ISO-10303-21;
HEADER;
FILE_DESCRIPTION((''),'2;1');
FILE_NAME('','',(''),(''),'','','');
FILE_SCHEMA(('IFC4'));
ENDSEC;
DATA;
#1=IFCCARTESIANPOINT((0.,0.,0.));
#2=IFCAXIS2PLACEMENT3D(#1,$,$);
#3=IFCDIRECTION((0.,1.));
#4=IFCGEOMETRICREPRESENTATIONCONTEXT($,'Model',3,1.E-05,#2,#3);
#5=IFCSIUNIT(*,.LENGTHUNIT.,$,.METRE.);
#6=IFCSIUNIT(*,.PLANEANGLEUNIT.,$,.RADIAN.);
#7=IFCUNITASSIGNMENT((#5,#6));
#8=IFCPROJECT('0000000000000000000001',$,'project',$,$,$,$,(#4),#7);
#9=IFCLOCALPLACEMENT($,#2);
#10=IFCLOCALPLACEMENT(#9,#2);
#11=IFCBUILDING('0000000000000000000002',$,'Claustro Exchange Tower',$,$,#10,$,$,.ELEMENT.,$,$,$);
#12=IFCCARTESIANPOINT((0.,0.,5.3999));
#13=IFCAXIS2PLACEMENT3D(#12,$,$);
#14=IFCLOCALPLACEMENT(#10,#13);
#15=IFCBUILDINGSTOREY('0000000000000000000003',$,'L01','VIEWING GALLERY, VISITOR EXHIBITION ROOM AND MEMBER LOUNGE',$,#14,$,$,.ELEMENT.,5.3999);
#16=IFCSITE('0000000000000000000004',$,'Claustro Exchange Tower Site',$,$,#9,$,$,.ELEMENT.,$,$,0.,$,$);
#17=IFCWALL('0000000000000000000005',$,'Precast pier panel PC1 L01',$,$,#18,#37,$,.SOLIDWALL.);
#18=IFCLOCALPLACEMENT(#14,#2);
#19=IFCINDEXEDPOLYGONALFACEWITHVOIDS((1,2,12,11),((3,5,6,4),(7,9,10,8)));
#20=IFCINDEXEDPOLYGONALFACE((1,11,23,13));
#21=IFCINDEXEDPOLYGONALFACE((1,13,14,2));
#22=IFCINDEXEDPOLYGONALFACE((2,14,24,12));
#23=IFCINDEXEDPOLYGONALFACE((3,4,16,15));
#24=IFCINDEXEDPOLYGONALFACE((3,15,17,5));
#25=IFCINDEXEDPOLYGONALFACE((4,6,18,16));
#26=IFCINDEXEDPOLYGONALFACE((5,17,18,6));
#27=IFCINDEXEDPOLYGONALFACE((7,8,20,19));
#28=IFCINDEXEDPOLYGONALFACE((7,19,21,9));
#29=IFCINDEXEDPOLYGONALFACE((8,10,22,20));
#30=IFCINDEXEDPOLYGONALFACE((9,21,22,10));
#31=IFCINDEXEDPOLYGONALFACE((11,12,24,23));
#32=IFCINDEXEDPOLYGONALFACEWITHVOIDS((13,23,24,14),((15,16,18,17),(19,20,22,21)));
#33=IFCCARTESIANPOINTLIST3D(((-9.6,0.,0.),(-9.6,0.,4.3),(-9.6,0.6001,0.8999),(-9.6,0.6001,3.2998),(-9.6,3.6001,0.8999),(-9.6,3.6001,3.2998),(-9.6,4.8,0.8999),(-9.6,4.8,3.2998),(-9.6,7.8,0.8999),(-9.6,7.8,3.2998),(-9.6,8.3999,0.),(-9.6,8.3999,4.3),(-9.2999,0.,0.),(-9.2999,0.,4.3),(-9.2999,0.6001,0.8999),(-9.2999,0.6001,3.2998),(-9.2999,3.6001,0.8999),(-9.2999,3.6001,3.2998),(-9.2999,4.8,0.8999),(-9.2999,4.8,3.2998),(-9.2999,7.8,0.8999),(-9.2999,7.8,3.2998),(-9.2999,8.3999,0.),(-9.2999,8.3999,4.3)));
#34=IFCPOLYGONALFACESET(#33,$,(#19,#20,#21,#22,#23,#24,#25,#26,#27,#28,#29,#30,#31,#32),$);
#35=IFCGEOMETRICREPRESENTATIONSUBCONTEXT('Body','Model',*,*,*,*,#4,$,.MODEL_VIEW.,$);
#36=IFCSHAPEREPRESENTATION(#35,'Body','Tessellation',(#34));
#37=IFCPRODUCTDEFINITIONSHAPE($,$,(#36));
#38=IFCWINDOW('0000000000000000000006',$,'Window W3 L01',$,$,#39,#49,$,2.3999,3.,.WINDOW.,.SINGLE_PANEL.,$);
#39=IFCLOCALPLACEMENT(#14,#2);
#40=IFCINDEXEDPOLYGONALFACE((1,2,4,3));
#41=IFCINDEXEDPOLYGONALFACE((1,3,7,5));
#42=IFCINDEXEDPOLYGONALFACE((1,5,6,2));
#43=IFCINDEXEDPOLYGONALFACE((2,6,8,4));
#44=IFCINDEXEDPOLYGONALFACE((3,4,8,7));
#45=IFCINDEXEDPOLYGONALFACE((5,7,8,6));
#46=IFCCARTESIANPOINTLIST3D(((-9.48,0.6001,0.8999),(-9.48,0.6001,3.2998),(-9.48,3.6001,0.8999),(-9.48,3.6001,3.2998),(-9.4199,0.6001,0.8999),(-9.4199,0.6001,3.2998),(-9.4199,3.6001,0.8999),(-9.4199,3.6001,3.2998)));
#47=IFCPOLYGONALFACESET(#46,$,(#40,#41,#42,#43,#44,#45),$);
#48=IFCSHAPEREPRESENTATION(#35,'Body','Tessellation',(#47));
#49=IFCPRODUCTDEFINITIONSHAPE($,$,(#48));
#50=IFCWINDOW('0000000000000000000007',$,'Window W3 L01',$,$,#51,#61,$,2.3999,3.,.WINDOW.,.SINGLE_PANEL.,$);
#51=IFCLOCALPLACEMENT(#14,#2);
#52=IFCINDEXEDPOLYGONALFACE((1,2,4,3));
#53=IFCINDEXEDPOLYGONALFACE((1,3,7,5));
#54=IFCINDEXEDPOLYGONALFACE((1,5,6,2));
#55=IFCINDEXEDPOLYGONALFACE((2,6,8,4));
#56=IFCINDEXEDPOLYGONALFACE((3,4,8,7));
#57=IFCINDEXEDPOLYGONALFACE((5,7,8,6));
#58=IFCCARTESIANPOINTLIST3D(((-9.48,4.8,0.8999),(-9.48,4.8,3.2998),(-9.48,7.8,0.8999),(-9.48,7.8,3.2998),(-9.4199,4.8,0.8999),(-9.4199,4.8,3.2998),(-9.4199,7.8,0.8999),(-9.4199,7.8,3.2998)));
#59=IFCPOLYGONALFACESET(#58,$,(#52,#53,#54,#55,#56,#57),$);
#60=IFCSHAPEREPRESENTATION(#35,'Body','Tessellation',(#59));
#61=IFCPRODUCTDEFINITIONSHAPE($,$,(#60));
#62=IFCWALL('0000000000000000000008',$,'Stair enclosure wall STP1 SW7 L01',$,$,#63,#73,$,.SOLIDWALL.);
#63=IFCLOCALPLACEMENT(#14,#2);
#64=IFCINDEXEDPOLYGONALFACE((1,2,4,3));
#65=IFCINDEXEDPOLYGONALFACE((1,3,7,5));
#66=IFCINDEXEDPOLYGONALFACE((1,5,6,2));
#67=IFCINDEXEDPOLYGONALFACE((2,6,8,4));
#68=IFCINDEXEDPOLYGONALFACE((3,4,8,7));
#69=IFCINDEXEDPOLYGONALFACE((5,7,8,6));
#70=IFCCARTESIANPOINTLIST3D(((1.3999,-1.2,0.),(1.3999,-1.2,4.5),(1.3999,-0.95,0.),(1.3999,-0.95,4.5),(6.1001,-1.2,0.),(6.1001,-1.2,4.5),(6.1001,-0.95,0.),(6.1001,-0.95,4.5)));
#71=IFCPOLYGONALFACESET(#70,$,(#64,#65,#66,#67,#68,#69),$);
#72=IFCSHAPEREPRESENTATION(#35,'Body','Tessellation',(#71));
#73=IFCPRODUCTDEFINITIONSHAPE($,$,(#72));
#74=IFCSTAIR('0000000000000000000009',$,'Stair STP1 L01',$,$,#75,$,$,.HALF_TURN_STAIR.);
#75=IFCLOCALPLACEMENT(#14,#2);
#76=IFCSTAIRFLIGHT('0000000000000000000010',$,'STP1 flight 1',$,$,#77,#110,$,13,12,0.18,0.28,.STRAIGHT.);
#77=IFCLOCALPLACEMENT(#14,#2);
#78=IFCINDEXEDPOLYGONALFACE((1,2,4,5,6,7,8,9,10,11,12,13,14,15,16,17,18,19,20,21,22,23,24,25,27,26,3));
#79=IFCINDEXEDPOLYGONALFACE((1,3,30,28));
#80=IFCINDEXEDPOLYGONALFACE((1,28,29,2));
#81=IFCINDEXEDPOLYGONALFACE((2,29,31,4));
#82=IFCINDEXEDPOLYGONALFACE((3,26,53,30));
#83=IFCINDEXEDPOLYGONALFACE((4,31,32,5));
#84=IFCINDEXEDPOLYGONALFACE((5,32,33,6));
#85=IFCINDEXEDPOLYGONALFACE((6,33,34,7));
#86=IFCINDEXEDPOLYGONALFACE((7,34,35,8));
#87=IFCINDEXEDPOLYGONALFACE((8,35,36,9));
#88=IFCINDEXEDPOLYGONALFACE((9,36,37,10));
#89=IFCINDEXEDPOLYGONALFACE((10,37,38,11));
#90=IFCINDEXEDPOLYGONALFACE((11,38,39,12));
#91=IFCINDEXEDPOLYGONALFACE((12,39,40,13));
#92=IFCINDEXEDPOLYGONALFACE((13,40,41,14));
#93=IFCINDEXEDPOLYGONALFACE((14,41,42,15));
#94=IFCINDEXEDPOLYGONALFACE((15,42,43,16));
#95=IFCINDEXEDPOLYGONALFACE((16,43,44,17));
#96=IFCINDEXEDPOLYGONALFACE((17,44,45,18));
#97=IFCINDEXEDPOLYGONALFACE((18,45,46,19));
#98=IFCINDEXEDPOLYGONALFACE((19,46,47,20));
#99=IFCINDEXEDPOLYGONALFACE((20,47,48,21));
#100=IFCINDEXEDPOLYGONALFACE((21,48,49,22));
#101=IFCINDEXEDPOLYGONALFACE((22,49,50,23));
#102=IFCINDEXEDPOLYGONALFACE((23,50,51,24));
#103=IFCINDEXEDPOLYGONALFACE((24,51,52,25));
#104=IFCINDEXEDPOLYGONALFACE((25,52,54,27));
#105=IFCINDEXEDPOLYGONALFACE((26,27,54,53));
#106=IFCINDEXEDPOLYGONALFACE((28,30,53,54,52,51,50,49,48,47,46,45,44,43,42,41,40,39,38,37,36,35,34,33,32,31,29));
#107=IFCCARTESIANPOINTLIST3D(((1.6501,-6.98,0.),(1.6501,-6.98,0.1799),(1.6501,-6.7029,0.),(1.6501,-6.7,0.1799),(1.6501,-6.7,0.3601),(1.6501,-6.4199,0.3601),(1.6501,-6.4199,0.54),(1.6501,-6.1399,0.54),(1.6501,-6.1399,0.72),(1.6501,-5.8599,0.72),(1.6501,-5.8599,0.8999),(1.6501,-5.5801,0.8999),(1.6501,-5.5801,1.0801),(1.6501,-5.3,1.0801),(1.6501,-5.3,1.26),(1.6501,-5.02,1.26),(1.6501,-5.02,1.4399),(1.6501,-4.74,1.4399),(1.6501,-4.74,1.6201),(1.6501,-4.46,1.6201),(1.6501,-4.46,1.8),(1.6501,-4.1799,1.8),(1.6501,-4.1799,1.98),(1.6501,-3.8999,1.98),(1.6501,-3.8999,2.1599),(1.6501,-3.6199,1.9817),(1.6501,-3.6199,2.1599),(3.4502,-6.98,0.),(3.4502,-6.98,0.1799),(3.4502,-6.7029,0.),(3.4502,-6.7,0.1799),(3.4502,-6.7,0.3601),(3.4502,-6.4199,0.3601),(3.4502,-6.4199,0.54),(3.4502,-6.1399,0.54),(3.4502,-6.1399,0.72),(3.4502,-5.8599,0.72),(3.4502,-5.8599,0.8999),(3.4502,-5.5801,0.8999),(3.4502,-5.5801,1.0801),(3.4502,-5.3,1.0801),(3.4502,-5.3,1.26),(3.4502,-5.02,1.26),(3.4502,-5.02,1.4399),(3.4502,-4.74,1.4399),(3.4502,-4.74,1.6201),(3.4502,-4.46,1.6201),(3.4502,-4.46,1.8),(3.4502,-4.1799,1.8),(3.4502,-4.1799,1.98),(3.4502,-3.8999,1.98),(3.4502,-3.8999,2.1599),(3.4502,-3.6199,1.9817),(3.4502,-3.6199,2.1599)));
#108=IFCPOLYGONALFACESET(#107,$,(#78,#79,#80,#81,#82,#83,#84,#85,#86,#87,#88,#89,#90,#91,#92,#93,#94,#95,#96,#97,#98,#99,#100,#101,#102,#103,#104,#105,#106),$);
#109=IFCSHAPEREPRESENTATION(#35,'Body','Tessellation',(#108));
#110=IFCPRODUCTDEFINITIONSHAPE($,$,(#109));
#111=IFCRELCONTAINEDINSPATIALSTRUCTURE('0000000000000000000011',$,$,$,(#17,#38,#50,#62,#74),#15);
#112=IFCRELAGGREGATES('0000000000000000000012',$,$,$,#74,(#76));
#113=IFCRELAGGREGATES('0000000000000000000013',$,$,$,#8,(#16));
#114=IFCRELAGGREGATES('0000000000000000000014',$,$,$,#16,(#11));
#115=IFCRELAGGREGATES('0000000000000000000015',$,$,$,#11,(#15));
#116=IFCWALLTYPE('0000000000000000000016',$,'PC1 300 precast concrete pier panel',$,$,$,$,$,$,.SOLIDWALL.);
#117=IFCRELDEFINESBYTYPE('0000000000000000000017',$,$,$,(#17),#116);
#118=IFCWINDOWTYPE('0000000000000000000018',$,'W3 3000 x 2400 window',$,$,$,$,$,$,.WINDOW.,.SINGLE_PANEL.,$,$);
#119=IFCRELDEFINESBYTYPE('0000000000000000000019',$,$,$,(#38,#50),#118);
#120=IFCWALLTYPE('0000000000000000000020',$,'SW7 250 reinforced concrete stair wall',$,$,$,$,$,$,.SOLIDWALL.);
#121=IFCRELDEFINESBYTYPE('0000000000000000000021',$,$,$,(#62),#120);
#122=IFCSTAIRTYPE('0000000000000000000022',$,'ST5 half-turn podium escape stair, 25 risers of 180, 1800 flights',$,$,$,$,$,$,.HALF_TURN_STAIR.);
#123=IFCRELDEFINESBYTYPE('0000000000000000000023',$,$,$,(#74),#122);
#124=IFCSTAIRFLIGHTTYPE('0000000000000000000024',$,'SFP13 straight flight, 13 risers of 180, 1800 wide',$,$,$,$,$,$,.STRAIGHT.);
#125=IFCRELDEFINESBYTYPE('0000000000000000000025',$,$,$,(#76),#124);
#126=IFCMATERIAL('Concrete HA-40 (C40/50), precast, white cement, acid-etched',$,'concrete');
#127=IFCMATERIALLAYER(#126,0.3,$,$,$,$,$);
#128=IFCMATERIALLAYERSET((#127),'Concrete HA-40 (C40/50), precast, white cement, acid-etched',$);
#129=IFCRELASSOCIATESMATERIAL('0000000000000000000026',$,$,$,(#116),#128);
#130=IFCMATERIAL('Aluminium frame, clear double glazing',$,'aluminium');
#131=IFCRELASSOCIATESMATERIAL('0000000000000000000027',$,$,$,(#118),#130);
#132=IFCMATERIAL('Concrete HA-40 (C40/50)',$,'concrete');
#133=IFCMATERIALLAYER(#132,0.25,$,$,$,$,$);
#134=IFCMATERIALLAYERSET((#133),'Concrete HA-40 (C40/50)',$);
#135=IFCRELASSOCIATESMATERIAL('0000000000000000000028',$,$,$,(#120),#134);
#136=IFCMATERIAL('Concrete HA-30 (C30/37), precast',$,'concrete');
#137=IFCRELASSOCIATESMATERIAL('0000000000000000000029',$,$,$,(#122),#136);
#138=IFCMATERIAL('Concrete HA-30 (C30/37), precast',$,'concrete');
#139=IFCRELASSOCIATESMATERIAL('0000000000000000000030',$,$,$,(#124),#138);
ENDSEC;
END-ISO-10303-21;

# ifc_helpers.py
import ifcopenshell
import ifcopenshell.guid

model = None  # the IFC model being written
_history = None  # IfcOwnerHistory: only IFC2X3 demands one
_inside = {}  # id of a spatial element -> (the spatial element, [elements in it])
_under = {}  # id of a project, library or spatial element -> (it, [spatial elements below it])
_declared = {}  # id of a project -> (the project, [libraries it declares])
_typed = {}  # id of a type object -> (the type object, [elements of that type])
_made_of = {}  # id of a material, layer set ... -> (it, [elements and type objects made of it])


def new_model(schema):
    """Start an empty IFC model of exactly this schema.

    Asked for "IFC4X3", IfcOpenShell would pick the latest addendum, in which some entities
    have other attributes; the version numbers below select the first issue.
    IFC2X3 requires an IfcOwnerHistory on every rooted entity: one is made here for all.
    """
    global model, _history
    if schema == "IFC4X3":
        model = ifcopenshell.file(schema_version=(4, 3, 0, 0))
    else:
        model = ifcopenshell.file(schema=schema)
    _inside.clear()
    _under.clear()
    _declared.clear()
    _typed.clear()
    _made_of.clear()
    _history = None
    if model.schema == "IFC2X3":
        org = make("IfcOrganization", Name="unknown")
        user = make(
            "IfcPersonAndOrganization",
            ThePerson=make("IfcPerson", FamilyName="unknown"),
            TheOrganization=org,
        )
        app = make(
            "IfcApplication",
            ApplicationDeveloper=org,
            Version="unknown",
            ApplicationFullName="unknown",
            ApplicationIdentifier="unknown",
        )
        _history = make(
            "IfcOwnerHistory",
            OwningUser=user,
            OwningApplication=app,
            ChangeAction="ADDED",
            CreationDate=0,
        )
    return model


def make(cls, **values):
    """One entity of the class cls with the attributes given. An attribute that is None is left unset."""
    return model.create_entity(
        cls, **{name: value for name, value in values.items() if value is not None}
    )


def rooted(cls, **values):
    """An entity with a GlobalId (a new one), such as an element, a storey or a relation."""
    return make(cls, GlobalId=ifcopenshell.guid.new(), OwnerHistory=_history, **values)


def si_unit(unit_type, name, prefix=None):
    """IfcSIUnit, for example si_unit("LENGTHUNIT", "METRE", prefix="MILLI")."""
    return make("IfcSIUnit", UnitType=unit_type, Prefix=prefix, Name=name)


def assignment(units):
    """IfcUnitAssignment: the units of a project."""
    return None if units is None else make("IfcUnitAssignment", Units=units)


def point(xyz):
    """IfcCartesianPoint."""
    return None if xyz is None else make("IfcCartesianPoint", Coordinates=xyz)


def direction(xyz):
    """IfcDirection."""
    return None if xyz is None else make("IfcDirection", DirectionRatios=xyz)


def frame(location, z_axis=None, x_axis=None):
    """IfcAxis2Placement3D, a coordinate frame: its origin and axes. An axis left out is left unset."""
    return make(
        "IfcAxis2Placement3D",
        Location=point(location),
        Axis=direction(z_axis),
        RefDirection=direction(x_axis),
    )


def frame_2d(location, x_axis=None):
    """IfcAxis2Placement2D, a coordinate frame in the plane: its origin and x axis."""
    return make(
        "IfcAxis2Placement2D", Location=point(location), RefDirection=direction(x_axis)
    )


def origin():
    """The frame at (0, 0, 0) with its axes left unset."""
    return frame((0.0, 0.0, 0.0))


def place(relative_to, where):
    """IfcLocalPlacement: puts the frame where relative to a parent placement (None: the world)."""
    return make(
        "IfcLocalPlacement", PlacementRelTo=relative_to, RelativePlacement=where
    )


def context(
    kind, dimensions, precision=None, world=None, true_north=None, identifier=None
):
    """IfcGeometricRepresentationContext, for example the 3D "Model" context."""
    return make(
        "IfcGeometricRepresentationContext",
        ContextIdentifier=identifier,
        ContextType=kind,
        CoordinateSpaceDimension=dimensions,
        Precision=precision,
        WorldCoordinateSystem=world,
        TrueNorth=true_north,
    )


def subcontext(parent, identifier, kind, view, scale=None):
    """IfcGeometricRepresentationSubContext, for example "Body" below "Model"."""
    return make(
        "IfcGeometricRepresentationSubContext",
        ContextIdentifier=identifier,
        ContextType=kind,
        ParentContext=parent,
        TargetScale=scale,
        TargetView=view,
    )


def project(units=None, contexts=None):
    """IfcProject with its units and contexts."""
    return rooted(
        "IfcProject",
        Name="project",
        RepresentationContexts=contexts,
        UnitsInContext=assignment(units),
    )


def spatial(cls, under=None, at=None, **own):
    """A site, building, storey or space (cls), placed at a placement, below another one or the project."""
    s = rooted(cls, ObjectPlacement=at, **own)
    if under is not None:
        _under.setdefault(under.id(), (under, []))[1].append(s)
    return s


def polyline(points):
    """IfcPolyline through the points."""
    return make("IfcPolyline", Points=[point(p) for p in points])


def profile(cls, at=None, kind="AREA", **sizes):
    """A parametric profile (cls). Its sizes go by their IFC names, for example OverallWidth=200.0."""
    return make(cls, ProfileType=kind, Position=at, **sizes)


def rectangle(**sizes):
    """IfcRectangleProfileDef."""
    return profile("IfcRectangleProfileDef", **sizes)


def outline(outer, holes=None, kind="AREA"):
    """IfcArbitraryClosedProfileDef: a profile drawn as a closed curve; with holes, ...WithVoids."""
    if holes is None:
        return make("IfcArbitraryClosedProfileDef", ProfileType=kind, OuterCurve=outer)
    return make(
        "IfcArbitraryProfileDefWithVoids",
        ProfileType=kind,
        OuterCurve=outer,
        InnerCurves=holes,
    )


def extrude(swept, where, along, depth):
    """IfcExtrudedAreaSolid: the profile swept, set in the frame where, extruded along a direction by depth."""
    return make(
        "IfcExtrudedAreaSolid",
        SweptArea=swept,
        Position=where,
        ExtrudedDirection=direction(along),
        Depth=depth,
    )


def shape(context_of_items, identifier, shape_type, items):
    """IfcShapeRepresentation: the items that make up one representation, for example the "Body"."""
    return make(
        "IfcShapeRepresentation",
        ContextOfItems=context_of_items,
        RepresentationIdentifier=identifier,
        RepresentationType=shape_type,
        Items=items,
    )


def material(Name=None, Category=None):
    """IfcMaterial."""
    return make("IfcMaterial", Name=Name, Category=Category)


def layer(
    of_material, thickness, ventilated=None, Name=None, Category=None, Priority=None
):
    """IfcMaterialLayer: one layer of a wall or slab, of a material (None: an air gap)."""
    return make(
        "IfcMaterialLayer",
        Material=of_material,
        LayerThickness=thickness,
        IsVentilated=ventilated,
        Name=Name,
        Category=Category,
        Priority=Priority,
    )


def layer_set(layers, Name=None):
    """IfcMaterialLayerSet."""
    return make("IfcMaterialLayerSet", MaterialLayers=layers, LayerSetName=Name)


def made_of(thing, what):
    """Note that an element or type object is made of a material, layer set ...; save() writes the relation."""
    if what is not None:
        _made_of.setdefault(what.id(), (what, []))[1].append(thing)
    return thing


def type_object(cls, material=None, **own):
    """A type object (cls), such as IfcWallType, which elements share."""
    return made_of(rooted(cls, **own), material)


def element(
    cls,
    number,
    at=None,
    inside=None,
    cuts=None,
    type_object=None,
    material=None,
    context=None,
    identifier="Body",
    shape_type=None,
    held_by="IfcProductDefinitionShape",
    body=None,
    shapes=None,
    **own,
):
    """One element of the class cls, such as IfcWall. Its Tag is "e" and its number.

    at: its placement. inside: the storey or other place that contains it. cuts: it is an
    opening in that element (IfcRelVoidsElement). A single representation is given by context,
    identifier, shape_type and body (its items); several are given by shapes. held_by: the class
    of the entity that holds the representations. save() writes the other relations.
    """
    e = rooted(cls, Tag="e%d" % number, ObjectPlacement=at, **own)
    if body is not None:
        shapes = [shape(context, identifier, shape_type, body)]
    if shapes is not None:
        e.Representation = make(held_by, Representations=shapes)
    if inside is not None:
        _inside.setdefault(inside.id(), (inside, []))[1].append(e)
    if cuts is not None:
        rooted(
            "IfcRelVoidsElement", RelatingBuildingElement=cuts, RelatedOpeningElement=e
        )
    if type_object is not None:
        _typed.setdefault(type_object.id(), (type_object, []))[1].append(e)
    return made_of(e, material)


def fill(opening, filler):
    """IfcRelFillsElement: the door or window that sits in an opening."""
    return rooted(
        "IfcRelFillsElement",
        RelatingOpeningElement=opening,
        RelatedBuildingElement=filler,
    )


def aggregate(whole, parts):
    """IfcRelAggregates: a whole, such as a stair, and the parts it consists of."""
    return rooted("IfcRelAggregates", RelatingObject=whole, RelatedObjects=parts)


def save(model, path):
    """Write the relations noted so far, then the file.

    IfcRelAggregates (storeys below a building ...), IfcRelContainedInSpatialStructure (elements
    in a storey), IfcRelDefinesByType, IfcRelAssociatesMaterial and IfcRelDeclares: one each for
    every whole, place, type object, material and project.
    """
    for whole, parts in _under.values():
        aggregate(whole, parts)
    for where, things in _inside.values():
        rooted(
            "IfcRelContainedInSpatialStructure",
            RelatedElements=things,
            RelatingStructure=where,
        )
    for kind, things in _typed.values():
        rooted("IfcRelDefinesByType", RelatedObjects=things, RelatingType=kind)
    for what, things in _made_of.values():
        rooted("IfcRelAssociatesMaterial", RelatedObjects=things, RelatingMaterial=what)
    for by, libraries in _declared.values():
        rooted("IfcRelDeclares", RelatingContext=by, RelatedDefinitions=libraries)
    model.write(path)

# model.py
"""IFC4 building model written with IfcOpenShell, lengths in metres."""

from ifc_helpers import new_model, si_unit, direction, frame, frame_2d, origin, place, context, subcontext, project, spatial, polyline, rectangle, outline, extrude, material, layer, layer_set, type_object, element, fill, aggregate, save


model = new_model("IFC4")

# Units and contexts
model_context = context("Model", 3, precision=1e-05, world=origin(), true_north=direction((0.0, 1.0)))
body_context = subcontext(model_context, "Body", "Model", "MODEL_VIEW")
ifc_project = project(units=[si_unit("LENGTHUNIT", "METRE"), si_unit("PLANEANGLEUNIT", "RADIAN")], contexts=[model_context])

# Site, building, storey
site_placement = place(None, origin())
site = spatial("IfcSite", under=ifc_project, at=site_placement, Name="Claustro Exchange Tower Site", CompositionType="ELEMENT", RefElevation=0.0)
building_placement = place(site_placement, origin())
building = spatial("IfcBuilding", under=site, at=building_placement, Name="Claustro Exchange Tower", CompositionType="ELEMENT")
storey_placement = place(building_placement, frame((0.0, 0.0, 5.3999)))
storey = spatial("IfcBuildingStorey", under=building, at=storey_placement, Name="L01", Description="VIEWING GALLERY, VISITOR EXHIBITION ROOM AND MEMBER LOUNGE", CompositionType="ELEMENT", Elevation=5.3999)

# Wall, openings, windows
ifc_material_1 = material(Name="Concrete HA-40 (C40/50), precast, white cement, acid-etched", Category="concrete")
ifc_layer_1 = layer(ifc_material_1, 0.3)
ifc_layer_set_1 = layer_set([ifc_layer_1], Name="Concrete HA-40 (C40/50), precast, white cement, acid-etched")
wall_type_1 = type_object("IfcWallType", Name="PC1 300 precast concrete pier panel", PredefinedType="SOLIDWALL", material=ifc_layer_set_1)
ifc_material_2 = material(Name="Aluminium frame, clear double glazing", Category="aluminium")
window_type = type_object("IfcWindowType", Name="W3 3000 x 2400 window", PartitioningType="SINGLE_PANEL", PredefinedType="WINDOW", material=ifc_material_2)
wall_1_placement = place(storey_placement, frame((-9.45, 0.0, 0.0), z_axis=(0.0, 0.0, 1.0), x_axis=(0.0, 1.0, 0.0)))
wall_1 = element("IfcWall", 1, at=wall_1_placement, inside=storey, type_object=wall_type_1, Name="Precast pier panel PC1 L01", PredefinedType="SOLIDWALL", context=body_context, shape_type="SweptSolid", body=[
    extrude(rectangle(XDim=8.3999, YDim=0.3, at=frame_2d((4.2, 0.0))), origin(), (0.0, 0.0, 1.0), 4.3),
])
opening_1_placement = place(wall_1_placement, frame((0.6001, 0.0, 0.8999)))
opening_1 = element("IfcOpeningElement", 2, at=opening_1_placement, cuts=wall_1, PredefinedType="OPENING", context=body_context, shape_type="SweptSolid", body=[
    extrude(rectangle(XDim=3.0, YDim=2.3999, at=frame_2d((1.5, 1.2))), frame((0.0, 0.1599, 0.0), z_axis=(0.0, -1.0, 0.0), x_axis=(1.0, 0.0, 0.0)), (0.0, 0.0, 1.0), 0.3201),
])
opening_2_placement = place(wall_1_placement, frame((4.8, 0.0, 0.8999)))
opening_2 = element("IfcOpeningElement", 3, at=opening_2_placement, cuts=wall_1, PredefinedType="OPENING", context=body_context, shape_type="SweptSolid", body=[
    extrude(rectangle(XDim=3.0, YDim=2.3999, at=frame_2d((1.5, 1.2))), frame((0.0, 0.1599, 0.0), z_axis=(0.0, -1.0, 0.0), x_axis=(1.0, 0.0, 0.0)), (0.0, 0.0, 1.0), 0.3201),
])
window_1_placement = place(opening_1_placement, origin())
window_1 = element("IfcWindow", 4, at=window_1_placement, inside=storey, type_object=window_type, Name="Window W3 L01", OverallHeight=2.3999, OverallWidth=3.0, PartitioningType="SINGLE_PANEL", PredefinedType="WINDOW", context=body_context, shape_type="SweptSolid", body=[
    extrude(rectangle(XDim=3.0, YDim=2.3999, at=frame_2d((1.5, 1.2))), frame((0.0, 0.03, 0.0), z_axis=(0.0, -1.0, 0.0), x_axis=(1.0, 0.0, 0.0)), (0.0, 0.0, 1.0), 0.0601),
])
fill(opening_1, window_1)
window_2_placement = place(opening_2_placement, origin())
window_2 = element("IfcWindow", 5, at=window_2_placement, inside=storey, type_object=window_type, Name="Window W3 L01", OverallHeight=2.3999, OverallWidth=3.0, PartitioningType="SINGLE_PANEL", PredefinedType="WINDOW", context=body_context, shape_type="SweptSolid", body=[
    extrude(rectangle(XDim=3.0, YDim=2.3999, at=frame_2d((1.5, 1.2))), frame((0.0, 0.03, 0.0), z_axis=(0.0, -1.0, 0.0), x_axis=(1.0, 0.0, 0.0)), (0.0, 0.0, 1.0), 0.0601),
])
fill(opening_2, window_2)

# Wall
ifc_material_3 = material(Name="Concrete HA-40 (C40/50)", Category="concrete")
ifc_layer_2 = layer(ifc_material_3, 0.25)
ifc_layer_set_2 = layer_set([ifc_layer_2], Name="Concrete HA-40 (C40/50)")
wall_type_2 = type_object("IfcWallType", Name="SW7 250 reinforced concrete stair wall", PredefinedType="SOLIDWALL", material=ifc_layer_set_2)
wall_2_placement = place(storey_placement, frame((1.3999, -1.075, 0.0), z_axis=(0.0, 0.0, 1.0), x_axis=(1.0, 0.0, 0.0)))
element("IfcWall", 6, at=wall_2_placement, inside=storey, type_object=wall_type_2, Name="Stair enclosure wall STP1 SW7 L01", PredefinedType="SOLIDWALL", context=body_context, shape_type="SweptSolid", body=[
    extrude(rectangle(XDim=4.7002, YDim=0.25, at=frame_2d((2.3501, 0.0))), origin(), (0.0, 0.0, 1.0), 4.5),
])

# Stair, stair flight
ifc_material_4 = material(Name="Concrete HA-30 (C30/37), precast", Category="concrete")
stair_type = type_object("IfcStairType", Name="ST5 half-turn podium escape stair, 25 risers of 180, 1800 flights", PredefinedType="HALF_TURN_STAIR", material=ifc_material_4)
stair_placement = place(storey_placement, origin())
stair = element("IfcStair", 7, at=stair_placement, inside=storey, type_object=stair_type, Name="Stair STP1 L01", PredefinedType="HALF_TURN_STAIR")
ifc_material_5 = material(Name="Concrete HA-30 (C30/37), precast", Category="concrete")
stair_flight_type = type_object("IfcStairFlightType", Name="SFP13 straight flight, 13 risers of 180, 1800 wide", PredefinedType="STRAIGHT", material=ifc_material_5)
stair_flight_placement = place(storey_placement, frame((2.55, -6.98, 0.0), z_axis=(0.0, 0.0, 1.0), x_axis=(0.0, 1.0, 0.0)))
stair_flight = element("IfcStairFlight", 8, at=stair_flight_placement, type_object=stair_flight_type, Name="STP1 flight 1", NumberOfRisers=13, NumberOfTreads=12, PredefinedType="STRAIGHT", RiserHeight=0.18, TreadLength=0.28, context=body_context, shape_type="SweptSolid", body=[
    extrude(outline(polyline([(0.0, 0.0), (0.0, 0.1799), (0.28, 0.1799), (0.28, 0.3601), (0.5601, 0.3601), (0.5601, 0.54), (0.8401, 0.54), (0.8401, 0.72), (1.1201, 0.72), (1.1201, 0.8999), (1.3999, 0.8999), (1.3999, 1.0801), (1.6799, 1.0801), (1.6799, 1.26), (1.96, 1.26), (1.96, 1.4399), (2.24, 1.4399), (2.24, 1.6201), (2.52, 1.6201), (2.52, 1.8), (2.8, 1.8), (2.8, 1.98), (3.0801, 1.98), (3.0801, 2.1599), (3.3601, 2.1599), (3.3601, 2.3401), (3.3601, 1.9817), (0.2771, 0.0), (0.0, 0.0)])), frame((0.0, 0.8999, 0.0), z_axis=(0.0, -1.0, 0.0), x_axis=(1.0, 0.0, 0.0)), (0.0, 0.0, 1.0), 1.8),
])
aggregate(stair, [stair_flight])

save(model, "model.ifc")
